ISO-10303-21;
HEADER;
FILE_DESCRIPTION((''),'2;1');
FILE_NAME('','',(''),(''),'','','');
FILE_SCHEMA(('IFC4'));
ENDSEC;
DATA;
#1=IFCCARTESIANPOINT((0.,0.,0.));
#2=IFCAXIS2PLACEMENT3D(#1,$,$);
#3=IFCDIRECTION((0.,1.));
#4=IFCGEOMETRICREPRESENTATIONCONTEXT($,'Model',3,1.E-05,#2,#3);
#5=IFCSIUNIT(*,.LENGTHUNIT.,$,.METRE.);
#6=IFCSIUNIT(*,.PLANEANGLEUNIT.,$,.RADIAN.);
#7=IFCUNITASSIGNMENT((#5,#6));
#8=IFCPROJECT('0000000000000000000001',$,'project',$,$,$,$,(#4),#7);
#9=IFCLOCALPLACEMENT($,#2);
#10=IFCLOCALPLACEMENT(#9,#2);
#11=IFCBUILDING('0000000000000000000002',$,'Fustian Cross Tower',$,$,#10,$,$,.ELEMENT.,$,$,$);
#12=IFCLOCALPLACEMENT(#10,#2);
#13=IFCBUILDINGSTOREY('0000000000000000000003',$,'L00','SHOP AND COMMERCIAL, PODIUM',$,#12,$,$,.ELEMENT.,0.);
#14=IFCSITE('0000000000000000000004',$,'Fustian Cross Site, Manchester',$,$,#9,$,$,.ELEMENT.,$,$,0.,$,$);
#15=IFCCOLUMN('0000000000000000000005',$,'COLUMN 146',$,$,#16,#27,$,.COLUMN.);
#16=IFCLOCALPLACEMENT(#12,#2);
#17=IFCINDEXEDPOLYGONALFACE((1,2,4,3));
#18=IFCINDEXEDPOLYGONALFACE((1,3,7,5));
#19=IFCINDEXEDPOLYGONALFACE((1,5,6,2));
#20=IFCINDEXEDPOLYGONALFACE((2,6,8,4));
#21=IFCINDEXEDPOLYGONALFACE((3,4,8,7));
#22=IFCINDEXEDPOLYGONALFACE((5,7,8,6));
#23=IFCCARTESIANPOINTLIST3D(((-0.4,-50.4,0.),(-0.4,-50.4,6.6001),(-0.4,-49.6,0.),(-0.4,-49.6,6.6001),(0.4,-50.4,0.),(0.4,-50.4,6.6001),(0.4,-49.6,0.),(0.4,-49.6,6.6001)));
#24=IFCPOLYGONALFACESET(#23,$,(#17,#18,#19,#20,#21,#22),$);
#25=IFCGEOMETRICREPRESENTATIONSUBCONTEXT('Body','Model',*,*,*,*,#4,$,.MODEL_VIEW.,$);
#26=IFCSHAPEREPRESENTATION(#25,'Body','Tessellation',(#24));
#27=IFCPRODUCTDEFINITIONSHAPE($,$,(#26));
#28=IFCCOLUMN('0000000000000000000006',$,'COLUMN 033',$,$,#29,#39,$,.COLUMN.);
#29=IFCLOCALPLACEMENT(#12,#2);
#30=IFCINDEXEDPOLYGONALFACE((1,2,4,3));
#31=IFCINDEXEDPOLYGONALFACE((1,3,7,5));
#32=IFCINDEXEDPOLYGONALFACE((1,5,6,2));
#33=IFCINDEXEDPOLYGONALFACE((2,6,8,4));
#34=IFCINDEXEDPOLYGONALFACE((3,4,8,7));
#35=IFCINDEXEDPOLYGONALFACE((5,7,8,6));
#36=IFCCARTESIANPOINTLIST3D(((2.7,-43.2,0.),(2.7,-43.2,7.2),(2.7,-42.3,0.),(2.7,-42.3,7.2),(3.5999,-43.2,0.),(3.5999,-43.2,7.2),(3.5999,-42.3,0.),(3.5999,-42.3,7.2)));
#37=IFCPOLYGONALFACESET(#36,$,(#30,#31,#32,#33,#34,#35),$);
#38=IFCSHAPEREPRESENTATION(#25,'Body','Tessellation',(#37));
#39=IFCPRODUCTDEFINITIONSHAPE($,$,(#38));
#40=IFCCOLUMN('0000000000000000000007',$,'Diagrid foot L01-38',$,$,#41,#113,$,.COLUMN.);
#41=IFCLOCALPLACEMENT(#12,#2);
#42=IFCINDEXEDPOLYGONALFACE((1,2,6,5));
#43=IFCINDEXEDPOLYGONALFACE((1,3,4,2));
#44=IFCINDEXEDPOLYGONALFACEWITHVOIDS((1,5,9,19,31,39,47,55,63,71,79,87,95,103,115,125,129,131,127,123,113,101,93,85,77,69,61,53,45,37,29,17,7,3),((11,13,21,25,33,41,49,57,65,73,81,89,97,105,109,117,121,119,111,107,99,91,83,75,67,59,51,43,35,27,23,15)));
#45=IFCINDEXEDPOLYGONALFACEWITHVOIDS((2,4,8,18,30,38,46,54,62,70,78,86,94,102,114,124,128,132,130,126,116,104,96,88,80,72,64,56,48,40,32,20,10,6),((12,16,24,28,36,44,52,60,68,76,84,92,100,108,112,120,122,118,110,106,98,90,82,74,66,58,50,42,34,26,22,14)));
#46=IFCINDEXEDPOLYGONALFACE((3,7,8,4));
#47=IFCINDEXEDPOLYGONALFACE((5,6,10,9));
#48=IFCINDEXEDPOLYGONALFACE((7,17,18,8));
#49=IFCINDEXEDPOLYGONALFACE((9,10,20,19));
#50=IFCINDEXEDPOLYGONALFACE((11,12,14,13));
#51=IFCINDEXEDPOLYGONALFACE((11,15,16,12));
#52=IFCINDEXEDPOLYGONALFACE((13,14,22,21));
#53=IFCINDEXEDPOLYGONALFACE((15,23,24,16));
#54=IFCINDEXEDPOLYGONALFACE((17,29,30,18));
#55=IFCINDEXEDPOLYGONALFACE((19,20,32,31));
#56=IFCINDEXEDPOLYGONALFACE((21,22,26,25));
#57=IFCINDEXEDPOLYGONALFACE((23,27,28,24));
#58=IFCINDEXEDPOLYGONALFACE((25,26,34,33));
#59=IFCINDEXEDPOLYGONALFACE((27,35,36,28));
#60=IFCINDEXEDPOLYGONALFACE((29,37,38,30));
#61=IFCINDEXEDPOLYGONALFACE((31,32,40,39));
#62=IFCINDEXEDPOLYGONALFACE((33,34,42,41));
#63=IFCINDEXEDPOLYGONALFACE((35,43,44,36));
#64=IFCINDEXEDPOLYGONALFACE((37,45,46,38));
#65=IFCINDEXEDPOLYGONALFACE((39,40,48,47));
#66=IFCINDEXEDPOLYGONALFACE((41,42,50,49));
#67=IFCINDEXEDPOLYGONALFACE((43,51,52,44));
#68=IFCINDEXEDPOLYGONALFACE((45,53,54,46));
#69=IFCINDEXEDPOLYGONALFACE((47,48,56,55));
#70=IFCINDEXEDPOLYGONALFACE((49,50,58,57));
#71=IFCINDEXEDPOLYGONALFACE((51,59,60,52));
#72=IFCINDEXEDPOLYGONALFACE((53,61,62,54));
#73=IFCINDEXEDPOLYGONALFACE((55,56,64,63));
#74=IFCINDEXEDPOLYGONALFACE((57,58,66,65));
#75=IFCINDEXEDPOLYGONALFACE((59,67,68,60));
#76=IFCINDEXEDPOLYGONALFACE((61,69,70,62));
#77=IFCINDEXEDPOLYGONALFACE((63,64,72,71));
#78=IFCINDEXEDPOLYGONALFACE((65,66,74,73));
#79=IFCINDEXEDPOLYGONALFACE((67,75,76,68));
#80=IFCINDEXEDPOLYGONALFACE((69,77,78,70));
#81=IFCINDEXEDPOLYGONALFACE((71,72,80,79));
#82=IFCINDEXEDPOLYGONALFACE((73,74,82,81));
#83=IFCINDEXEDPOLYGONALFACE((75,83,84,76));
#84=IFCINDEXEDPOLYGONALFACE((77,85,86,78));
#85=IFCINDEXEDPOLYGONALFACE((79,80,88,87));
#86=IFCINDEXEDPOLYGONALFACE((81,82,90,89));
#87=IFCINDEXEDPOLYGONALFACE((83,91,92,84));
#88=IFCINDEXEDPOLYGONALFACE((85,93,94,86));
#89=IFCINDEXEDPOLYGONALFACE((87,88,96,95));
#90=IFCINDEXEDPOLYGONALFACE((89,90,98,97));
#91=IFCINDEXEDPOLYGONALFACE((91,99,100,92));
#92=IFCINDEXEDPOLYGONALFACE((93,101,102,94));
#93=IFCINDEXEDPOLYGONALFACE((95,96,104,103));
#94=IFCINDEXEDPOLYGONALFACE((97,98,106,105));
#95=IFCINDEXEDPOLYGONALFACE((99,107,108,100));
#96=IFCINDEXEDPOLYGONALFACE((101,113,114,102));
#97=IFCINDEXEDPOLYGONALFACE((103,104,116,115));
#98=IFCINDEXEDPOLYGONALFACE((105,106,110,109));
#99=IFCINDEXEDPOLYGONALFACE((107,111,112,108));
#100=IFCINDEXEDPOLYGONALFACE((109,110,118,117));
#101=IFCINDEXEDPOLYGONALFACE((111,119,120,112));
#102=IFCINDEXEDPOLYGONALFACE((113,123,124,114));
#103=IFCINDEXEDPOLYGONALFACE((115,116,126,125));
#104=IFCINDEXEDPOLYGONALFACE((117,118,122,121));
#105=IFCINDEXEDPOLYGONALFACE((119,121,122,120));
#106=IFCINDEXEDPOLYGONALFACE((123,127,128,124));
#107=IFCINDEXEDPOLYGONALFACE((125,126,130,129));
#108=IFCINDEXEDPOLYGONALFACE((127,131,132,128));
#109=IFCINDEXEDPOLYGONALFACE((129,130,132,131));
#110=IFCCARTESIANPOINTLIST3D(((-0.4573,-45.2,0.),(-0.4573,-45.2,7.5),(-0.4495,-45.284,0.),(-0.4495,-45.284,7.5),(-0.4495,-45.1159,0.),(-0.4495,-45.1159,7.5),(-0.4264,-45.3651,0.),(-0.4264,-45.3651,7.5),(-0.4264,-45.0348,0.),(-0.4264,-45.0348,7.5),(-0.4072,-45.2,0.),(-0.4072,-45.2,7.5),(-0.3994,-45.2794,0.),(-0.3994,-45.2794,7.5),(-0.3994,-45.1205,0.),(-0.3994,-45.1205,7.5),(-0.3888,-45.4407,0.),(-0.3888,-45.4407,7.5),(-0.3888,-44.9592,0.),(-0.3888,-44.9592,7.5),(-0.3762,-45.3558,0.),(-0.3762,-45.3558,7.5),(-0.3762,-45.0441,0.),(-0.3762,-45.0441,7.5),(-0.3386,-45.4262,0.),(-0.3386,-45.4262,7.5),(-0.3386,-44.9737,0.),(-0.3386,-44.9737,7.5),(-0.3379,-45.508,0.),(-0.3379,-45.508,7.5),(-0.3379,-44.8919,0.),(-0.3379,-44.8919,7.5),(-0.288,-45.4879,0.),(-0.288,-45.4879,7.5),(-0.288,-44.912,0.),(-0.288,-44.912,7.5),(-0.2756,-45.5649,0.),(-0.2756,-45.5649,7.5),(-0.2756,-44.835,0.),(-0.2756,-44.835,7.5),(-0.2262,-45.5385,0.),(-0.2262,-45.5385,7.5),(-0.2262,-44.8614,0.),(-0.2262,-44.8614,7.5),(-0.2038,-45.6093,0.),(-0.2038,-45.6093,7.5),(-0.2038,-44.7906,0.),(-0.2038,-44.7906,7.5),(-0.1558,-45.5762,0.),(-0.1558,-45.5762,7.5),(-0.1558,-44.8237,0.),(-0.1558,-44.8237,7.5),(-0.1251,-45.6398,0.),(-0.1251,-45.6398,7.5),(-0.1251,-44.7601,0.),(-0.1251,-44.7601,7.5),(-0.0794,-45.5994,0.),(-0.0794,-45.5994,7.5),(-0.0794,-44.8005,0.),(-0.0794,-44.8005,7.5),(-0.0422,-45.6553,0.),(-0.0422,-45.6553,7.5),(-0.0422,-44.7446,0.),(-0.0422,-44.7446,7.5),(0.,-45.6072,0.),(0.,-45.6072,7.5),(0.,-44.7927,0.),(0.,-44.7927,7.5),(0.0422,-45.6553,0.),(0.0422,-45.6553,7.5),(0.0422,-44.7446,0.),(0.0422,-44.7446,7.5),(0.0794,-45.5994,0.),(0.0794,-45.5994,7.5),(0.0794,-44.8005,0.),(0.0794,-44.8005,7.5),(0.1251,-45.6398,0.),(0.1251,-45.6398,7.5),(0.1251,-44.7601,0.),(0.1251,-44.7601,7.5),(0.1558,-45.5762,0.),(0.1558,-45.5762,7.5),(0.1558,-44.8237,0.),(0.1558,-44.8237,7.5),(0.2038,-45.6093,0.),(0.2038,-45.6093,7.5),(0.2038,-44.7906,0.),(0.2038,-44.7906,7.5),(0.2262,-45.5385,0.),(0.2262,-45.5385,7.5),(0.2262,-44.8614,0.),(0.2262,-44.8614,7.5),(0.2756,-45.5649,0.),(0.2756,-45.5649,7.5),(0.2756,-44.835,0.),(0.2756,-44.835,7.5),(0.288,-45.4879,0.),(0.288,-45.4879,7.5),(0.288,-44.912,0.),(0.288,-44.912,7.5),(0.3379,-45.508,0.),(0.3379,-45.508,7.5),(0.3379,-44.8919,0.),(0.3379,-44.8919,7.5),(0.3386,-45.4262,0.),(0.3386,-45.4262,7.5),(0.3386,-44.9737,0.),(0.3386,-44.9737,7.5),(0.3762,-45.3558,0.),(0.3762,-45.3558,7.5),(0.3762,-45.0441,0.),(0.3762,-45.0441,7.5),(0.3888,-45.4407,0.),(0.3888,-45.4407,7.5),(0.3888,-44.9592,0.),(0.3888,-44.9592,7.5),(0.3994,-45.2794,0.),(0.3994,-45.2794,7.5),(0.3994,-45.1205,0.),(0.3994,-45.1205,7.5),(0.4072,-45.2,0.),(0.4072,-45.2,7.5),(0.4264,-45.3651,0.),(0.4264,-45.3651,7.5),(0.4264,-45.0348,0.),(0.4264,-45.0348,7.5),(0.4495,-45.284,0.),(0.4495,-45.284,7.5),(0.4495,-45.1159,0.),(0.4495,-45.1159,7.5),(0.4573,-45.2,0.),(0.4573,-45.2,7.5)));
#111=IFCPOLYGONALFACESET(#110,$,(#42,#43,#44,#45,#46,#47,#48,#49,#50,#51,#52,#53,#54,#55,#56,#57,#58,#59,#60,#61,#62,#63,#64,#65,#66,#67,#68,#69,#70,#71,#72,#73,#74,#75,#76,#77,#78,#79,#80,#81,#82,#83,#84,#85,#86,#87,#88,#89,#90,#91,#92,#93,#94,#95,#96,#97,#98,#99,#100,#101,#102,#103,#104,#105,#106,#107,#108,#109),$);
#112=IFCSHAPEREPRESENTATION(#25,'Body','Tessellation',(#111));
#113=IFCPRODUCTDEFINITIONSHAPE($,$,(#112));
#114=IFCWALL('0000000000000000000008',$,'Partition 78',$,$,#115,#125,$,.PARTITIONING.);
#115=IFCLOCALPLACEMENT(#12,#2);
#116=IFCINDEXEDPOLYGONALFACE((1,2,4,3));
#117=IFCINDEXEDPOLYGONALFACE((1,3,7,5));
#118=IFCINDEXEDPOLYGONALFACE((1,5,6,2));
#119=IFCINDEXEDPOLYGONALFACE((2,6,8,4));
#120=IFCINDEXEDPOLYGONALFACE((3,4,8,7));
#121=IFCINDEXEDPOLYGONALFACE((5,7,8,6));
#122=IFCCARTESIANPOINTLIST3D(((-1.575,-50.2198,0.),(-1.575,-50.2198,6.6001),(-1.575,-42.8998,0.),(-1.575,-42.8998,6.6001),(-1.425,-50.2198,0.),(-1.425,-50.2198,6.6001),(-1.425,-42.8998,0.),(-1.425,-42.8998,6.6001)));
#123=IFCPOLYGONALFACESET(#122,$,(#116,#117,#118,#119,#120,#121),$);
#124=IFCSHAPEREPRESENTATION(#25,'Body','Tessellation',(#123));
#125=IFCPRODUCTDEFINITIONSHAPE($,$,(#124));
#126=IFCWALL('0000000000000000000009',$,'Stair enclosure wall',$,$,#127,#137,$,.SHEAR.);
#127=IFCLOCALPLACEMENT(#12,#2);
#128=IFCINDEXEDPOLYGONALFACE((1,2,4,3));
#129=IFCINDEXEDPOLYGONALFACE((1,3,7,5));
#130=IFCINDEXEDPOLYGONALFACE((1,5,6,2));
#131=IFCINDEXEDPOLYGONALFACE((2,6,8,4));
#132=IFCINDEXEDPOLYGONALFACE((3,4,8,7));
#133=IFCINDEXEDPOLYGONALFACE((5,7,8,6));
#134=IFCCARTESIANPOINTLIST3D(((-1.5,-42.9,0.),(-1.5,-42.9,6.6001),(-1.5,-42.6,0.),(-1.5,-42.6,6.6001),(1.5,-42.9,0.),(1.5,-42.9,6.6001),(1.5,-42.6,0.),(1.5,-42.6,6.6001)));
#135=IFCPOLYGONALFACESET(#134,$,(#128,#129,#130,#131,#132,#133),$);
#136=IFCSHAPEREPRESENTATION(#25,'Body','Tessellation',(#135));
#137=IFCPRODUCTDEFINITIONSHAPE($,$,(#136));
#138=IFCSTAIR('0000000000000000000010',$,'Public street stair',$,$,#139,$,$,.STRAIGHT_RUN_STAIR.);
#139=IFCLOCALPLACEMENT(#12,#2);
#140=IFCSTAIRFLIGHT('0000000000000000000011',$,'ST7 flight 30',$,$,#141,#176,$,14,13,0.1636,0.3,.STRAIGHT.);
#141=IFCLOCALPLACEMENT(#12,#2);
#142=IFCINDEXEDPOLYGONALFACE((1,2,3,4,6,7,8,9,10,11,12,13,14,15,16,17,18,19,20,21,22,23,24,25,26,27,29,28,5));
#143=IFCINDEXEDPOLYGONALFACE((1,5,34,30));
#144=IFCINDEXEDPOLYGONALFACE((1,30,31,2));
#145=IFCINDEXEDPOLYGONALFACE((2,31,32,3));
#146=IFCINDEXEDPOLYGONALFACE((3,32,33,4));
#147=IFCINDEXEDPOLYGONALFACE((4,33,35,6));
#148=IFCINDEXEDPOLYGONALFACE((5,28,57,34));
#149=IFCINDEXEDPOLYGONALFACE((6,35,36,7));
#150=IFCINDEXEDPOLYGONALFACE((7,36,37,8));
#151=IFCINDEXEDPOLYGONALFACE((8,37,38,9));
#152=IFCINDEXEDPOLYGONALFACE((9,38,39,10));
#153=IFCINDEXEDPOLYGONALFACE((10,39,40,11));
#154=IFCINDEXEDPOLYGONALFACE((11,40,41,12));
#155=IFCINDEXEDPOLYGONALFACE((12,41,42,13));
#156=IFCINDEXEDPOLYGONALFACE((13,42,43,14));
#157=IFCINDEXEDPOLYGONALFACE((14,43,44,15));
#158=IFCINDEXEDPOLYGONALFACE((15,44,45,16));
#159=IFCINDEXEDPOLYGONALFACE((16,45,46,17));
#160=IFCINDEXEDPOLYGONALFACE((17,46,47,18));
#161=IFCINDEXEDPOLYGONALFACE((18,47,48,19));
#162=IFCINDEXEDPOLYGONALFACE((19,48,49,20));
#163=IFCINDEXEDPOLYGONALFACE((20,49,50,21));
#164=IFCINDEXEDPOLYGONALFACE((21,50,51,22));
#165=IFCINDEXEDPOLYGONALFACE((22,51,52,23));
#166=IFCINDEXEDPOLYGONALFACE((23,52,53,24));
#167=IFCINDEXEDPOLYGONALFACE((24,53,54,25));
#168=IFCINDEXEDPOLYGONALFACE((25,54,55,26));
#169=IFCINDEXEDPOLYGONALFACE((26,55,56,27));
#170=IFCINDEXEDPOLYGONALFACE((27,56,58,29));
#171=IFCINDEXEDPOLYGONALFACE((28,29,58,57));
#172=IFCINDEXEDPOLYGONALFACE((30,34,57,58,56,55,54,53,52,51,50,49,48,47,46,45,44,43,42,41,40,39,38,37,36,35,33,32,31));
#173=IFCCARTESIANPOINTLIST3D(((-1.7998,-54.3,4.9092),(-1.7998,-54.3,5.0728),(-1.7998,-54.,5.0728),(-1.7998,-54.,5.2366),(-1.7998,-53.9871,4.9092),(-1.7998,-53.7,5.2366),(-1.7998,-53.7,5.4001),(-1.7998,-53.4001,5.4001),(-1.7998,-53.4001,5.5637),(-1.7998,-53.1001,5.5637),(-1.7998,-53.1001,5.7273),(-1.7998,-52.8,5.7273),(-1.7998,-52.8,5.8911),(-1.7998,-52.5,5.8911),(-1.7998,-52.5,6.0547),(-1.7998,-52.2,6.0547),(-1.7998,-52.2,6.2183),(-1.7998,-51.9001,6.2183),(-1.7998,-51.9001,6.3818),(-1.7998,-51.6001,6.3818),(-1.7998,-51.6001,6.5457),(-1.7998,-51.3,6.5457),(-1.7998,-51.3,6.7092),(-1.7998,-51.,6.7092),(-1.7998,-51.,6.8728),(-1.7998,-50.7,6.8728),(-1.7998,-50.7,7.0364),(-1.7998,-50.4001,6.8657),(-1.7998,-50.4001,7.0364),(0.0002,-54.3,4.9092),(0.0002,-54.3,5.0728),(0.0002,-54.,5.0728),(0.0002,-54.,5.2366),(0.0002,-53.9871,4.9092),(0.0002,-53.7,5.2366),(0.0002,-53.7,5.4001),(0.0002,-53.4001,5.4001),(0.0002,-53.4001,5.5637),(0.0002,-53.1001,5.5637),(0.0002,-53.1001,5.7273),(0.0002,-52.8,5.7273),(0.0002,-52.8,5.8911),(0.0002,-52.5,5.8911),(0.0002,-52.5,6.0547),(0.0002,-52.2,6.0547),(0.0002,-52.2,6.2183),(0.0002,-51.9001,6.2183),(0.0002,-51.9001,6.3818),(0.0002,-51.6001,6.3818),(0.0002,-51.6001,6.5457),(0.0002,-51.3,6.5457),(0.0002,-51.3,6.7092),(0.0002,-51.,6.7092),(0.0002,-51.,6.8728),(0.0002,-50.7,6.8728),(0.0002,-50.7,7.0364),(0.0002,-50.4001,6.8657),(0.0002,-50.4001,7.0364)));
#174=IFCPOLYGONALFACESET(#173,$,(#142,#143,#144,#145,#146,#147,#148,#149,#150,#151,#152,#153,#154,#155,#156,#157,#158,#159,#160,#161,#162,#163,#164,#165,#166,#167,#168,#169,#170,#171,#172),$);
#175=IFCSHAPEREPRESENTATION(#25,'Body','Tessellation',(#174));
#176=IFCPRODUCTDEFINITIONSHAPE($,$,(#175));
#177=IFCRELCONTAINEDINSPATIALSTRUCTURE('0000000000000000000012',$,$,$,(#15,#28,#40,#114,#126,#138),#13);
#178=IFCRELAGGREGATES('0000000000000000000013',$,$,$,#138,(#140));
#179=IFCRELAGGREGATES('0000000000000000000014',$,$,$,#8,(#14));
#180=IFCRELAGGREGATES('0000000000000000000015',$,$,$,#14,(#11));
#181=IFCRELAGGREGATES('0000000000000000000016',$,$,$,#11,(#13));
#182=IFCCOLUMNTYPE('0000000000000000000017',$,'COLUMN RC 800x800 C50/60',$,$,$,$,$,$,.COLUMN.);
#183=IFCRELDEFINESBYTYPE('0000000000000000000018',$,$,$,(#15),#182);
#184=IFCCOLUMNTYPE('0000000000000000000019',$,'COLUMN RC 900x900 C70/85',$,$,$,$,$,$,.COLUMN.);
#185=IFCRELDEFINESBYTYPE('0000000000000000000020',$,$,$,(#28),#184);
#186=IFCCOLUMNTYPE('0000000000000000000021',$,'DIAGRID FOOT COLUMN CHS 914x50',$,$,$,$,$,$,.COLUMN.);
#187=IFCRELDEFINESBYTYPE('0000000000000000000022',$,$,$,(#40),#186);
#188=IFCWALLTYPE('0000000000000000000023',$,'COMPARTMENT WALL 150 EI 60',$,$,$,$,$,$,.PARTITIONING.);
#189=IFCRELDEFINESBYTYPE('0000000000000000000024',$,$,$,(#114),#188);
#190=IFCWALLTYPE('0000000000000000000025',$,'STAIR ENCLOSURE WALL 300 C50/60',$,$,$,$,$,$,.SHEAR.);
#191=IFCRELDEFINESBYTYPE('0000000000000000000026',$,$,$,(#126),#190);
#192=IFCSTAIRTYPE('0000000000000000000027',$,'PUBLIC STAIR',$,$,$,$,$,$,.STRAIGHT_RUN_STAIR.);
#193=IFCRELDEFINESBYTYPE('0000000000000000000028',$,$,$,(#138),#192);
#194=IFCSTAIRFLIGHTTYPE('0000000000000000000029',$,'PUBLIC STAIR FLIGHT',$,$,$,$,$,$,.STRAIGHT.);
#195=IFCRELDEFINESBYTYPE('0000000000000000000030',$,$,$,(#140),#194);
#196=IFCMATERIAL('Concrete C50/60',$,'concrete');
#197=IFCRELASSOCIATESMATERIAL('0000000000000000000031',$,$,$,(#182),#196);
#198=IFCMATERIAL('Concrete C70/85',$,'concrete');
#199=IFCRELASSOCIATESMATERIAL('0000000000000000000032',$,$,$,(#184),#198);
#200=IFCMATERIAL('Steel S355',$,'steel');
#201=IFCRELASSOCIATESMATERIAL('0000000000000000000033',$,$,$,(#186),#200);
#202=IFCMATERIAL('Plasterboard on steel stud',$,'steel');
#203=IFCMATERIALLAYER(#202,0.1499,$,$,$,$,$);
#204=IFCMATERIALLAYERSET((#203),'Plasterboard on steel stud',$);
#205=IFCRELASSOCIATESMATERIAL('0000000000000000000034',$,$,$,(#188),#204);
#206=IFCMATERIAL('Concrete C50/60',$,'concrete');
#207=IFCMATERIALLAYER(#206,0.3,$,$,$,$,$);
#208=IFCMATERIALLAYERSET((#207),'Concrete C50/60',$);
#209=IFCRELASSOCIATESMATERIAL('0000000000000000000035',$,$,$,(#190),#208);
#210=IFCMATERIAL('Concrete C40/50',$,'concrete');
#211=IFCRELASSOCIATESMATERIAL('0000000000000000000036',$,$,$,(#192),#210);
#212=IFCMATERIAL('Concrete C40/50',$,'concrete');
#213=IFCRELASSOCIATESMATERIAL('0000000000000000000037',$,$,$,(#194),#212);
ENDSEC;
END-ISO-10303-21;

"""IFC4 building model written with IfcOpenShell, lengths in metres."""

from ifc_helpers import new_model, si_unit, direction, frame, frame_2d, origin, origin_2d, place, context, subcontext, project, spatial, polyline, rectangle, hollow_circle, outline, extrude, material, layer, layer_set, material_profile, profile_set, type_object, element, aggregate, save


model = new_model("IFC4")

# Units and contexts
model_context = context("Model", 3, precision=1e-05, world=origin(), true_north=direction((0.0, 1.0)))
body_context = subcontext(model_context, "Body", "Model", "MODEL_VIEW")
ifc_project = project(units=[si_unit("LENGTHUNIT", "METRE"), si_unit("PLANEANGLEUNIT", "RADIAN")], contexts=[model_context])

# Site, building, storey
site_placement = place(None, origin())
site = spatial("IfcSite", under=ifc_project, at=site_placement, Name="Fustian Cross Site, Manchester", CompositionType="ELEMENT", RefElevation=0.0)
building_placement = place(site_placement, origin())
building = spatial("IfcBuilding", under=site, at=building_placement, Name="Fustian Cross Tower", CompositionType="ELEMENT")
storey_placement = place(building_placement, origin())
storey = spatial("IfcBuildingStorey", under=building, at=storey_placement, Name="L00", Description="SHOP AND COMMERCIAL, PODIUM", CompositionType="ELEMENT", Elevation=0.0)

# Columns
ifc_material_1 = material(Name="Concrete C50/60", Category="concrete")
ifc_material_profile_1 = material_profile(ifc_material_1, rectangle(XDim=0.8, YDim=0.8, at=origin_2d()), Name="RC 800x800")
ifc_profile_set_1 = profile_set([ifc_material_profile_1], Name="Concrete C50/60")
column_type_1 = type_object("IfcColumnType", Name="COLUMN RC 800x800 C50/60", PredefinedType="COLUMN", material=ifc_profile_set_1)
column_1_placement = place(storey_placement, frame((0.0, -50.0, 0.0), z_axis=(0.0, 0.0, 1.0), x_axis=(1.0, 0.0, 0.0)))
element("IfcColumn", 1, at=column_1_placement, inside=storey, type_object=column_type_1, Name="COLUMN 146", PredefinedType="COLUMN", context=body_context, shape_type="SweptSolid", body=[
    extrude(rectangle(XDim=0.8, YDim=0.8, at=origin_2d()), origin(), (0.0, 0.0, 1.0), 6.6001),
])
ifc_material_2 = material(Name="Concrete C70/85", Category="concrete")
ifc_material_profile_2 = material_profile(ifc_material_2, rectangle(XDim=0.8999, YDim=0.8999, at=origin_2d()), Name="RC 900x900")
ifc_profile_set_2 = profile_set([ifc_material_profile_2], Name="Concrete C70/85")
column_type_2 = type_object("IfcColumnType", Name="COLUMN RC 900x900 C70/85", PredefinedType="COLUMN", material=ifc_profile_set_2)
column_2_placement = place(storey_placement, frame((3.1499, -42.75, 0.0), z_axis=(0.0, 0.0, 1.0), x_axis=(1.0, 0.0, 0.0)))
element("IfcColumn", 2, at=column_2_placement, inside=storey, type_object=column_type_2, Name="COLUMN 033", PredefinedType="COLUMN", context=body_context, shape_type="SweptSolid", body=[
    extrude(rectangle(XDim=0.8999, YDim=0.8999, at=origin_2d()), origin(), (0.0, 0.0, 1.0), 7.2),
])
ifc_material_3 = material(Name="Steel S355", Category="steel")
ifc_material_profile_3 = material_profile(ifc_material_3, hollow_circle(Radius=0.4573, WallThickness=0.05, at=origin_2d()), Name="CHS 914x50")
ifc_profile_set_3 = profile_set([ifc_material_profile_3], Name="Steel S355")
column_type_3 = type_object("IfcColumnType", Name="DIAGRID FOOT COLUMN CHS 914x50", PredefinedType="COLUMN", material=ifc_profile_set_3)
column_3_placement = place(storey_placement, frame((0.0, -45.2, 0.0), z_axis=(0.0, 0.0, 1.0), x_axis=(1.0, 0.0, 0.0)))
element("IfcColumn", 3, at=column_3_placement, inside=storey, type_object=column_type_3, Name="Diagrid foot L01-38", PredefinedType="COLUMN", context=body_context, shape_type="SweptSolid", body=[
    extrude(hollow_circle(Radius=0.4573, WallThickness=0.05, at=origin_2d()), origin(), (0.0, 0.0, 1.0), 7.5),
])

# Wall
ifc_material_4 = material(Name="Plasterboard on steel stud", Category="steel")
ifc_layer_1 = layer(ifc_material_4, 0.1499)
ifc_layer_set_1 = layer_set([ifc_layer_1], Name="Plasterboard on steel stud")
wall_type_1 = type_object("IfcWallType", Name="COMPARTMENT WALL 150 EI 60", PredefinedType="PARTITIONING", material=ifc_layer_set_1)
wall_1_placement = place(storey_placement, frame((-1.5, -50.22, 0.0), z_axis=(0.0, 0.0, 1.0), x_axis=(0.0, 1.0, 0.0)))
element("IfcWall", 4, at=wall_1_placement, inside=storey, type_object=wall_type_1, Name="Partition 78", PredefinedType="PARTITIONING", context=body_context, shape_type="SweptSolid", body=[
    extrude(rectangle(XDim=7.3201, YDim=0.1499, at=frame_2d((3.6602, 0.0))), origin(), (0.0, 0.0, 1.0), 6.6001),
])

# Wall
ifc_material_5 = material(Name="Concrete C50/60", Category="concrete")
ifc_layer_2 = layer(ifc_material_5, 0.3)
ifc_layer_set_2 = layer_set([ifc_layer_2], Name="Concrete C50/60")
wall_type_2 = type_object("IfcWallType", Name="STAIR ENCLOSURE WALL 300 C50/60", PredefinedType="SHEAR", material=ifc_layer_set_2)
wall_2_placement = place(storey_placement, frame((-1.5, -42.75, 0.0), z_axis=(0.0, 0.0, 1.0), x_axis=(1.0, 0.0, 0.0)))
element("IfcWall", 5, at=wall_2_placement, inside=storey, type_object=wall_type_2, Name="Stair enclosure wall", PredefinedType="SHEAR", context=body_context, shape_type="SweptSolid", body=[
    extrude(rectangle(XDim=3.0, YDim=0.3, at=frame_2d((1.5, 0.0))), origin(), (0.0, 0.0, 1.0), 6.6001),
])

# Stair, stair flight
ifc_material_6 = material(Name="Concrete C40/50", Category="concrete")
stair_type_1 = type_object("IfcStairType", Name="PUBLIC STAIR", PredefinedType="STRAIGHT_RUN_STAIR", material=ifc_material_6)
stair_1_placement = place(storey_placement, origin())
stair_1 = element("IfcStair", 6, at=stair_1_placement, inside=storey, type_object=stair_type_1, Name="Public street stair", PredefinedType="STRAIGHT_RUN_STAIR")
ifc_material_7 = material(Name="Concrete C40/50", Category="concrete")
stair_flight_type_1 = type_object("IfcStairFlightType", Name="PUBLIC STAIR FLIGHT", PredefinedType="STRAIGHT", material=ifc_material_7)
stair_flight_1_placement = place(storey_placement, frame((-0.8999, -54.3, 4.9092), z_axis=(0.0, 0.0, 1.0), x_axis=(0.0, 1.0, 0.0)))
stair_flight_1 = element("IfcStairFlight", 7, at=stair_flight_1_placement, type_object=stair_flight_type_1, Name="ST7 flight 30", NumberOfRisers=14, NumberOfTreads=13, PredefinedType="STRAIGHT", RiserHeight=0.1636, TreadLength=0.3, context=body_context, shape_type="SweptSolid", body=[
    extrude(outline(polyline([(0.0, 0.0), (0.0, 0.1636), (0.3, 0.1636), (0.3, 0.3274), (0.6001, 0.3274), (0.6001, 0.491), (0.8999, 0.491), (0.8999, 0.6545), (1.2, 0.6545), (1.2, 0.8181), (1.5, 0.8181), (1.5, 0.9819), (1.8, 0.9819), (1.8, 1.1455), (2.1001, 1.1455), (2.1001, 1.3091), (2.3999, 1.3091), (2.3999, 1.4727), (2.7, 1.4727), (2.7, 1.6365), (3.0, 1.6365), (3.0, 1.8), (3.3, 1.8), (3.3, 1.9636), (3.6001, 1.9636), (3.6001, 2.1272), (3.8999, 2.1272), (3.8999, 2.291), (3.8999, 1.9565), (0.313, 0.0), (0.0, 0.0)])), frame((0.0, 0.8999, 0.0), z_axis=(0.0, -1.0, 0.0), x_axis=(1.0, 0.0, 0.0)), (0.0, 0.0, 1.0), 1.8),
])
aggregate(stair_1, [stair_flight_1])

save(model, "model.ifc")
